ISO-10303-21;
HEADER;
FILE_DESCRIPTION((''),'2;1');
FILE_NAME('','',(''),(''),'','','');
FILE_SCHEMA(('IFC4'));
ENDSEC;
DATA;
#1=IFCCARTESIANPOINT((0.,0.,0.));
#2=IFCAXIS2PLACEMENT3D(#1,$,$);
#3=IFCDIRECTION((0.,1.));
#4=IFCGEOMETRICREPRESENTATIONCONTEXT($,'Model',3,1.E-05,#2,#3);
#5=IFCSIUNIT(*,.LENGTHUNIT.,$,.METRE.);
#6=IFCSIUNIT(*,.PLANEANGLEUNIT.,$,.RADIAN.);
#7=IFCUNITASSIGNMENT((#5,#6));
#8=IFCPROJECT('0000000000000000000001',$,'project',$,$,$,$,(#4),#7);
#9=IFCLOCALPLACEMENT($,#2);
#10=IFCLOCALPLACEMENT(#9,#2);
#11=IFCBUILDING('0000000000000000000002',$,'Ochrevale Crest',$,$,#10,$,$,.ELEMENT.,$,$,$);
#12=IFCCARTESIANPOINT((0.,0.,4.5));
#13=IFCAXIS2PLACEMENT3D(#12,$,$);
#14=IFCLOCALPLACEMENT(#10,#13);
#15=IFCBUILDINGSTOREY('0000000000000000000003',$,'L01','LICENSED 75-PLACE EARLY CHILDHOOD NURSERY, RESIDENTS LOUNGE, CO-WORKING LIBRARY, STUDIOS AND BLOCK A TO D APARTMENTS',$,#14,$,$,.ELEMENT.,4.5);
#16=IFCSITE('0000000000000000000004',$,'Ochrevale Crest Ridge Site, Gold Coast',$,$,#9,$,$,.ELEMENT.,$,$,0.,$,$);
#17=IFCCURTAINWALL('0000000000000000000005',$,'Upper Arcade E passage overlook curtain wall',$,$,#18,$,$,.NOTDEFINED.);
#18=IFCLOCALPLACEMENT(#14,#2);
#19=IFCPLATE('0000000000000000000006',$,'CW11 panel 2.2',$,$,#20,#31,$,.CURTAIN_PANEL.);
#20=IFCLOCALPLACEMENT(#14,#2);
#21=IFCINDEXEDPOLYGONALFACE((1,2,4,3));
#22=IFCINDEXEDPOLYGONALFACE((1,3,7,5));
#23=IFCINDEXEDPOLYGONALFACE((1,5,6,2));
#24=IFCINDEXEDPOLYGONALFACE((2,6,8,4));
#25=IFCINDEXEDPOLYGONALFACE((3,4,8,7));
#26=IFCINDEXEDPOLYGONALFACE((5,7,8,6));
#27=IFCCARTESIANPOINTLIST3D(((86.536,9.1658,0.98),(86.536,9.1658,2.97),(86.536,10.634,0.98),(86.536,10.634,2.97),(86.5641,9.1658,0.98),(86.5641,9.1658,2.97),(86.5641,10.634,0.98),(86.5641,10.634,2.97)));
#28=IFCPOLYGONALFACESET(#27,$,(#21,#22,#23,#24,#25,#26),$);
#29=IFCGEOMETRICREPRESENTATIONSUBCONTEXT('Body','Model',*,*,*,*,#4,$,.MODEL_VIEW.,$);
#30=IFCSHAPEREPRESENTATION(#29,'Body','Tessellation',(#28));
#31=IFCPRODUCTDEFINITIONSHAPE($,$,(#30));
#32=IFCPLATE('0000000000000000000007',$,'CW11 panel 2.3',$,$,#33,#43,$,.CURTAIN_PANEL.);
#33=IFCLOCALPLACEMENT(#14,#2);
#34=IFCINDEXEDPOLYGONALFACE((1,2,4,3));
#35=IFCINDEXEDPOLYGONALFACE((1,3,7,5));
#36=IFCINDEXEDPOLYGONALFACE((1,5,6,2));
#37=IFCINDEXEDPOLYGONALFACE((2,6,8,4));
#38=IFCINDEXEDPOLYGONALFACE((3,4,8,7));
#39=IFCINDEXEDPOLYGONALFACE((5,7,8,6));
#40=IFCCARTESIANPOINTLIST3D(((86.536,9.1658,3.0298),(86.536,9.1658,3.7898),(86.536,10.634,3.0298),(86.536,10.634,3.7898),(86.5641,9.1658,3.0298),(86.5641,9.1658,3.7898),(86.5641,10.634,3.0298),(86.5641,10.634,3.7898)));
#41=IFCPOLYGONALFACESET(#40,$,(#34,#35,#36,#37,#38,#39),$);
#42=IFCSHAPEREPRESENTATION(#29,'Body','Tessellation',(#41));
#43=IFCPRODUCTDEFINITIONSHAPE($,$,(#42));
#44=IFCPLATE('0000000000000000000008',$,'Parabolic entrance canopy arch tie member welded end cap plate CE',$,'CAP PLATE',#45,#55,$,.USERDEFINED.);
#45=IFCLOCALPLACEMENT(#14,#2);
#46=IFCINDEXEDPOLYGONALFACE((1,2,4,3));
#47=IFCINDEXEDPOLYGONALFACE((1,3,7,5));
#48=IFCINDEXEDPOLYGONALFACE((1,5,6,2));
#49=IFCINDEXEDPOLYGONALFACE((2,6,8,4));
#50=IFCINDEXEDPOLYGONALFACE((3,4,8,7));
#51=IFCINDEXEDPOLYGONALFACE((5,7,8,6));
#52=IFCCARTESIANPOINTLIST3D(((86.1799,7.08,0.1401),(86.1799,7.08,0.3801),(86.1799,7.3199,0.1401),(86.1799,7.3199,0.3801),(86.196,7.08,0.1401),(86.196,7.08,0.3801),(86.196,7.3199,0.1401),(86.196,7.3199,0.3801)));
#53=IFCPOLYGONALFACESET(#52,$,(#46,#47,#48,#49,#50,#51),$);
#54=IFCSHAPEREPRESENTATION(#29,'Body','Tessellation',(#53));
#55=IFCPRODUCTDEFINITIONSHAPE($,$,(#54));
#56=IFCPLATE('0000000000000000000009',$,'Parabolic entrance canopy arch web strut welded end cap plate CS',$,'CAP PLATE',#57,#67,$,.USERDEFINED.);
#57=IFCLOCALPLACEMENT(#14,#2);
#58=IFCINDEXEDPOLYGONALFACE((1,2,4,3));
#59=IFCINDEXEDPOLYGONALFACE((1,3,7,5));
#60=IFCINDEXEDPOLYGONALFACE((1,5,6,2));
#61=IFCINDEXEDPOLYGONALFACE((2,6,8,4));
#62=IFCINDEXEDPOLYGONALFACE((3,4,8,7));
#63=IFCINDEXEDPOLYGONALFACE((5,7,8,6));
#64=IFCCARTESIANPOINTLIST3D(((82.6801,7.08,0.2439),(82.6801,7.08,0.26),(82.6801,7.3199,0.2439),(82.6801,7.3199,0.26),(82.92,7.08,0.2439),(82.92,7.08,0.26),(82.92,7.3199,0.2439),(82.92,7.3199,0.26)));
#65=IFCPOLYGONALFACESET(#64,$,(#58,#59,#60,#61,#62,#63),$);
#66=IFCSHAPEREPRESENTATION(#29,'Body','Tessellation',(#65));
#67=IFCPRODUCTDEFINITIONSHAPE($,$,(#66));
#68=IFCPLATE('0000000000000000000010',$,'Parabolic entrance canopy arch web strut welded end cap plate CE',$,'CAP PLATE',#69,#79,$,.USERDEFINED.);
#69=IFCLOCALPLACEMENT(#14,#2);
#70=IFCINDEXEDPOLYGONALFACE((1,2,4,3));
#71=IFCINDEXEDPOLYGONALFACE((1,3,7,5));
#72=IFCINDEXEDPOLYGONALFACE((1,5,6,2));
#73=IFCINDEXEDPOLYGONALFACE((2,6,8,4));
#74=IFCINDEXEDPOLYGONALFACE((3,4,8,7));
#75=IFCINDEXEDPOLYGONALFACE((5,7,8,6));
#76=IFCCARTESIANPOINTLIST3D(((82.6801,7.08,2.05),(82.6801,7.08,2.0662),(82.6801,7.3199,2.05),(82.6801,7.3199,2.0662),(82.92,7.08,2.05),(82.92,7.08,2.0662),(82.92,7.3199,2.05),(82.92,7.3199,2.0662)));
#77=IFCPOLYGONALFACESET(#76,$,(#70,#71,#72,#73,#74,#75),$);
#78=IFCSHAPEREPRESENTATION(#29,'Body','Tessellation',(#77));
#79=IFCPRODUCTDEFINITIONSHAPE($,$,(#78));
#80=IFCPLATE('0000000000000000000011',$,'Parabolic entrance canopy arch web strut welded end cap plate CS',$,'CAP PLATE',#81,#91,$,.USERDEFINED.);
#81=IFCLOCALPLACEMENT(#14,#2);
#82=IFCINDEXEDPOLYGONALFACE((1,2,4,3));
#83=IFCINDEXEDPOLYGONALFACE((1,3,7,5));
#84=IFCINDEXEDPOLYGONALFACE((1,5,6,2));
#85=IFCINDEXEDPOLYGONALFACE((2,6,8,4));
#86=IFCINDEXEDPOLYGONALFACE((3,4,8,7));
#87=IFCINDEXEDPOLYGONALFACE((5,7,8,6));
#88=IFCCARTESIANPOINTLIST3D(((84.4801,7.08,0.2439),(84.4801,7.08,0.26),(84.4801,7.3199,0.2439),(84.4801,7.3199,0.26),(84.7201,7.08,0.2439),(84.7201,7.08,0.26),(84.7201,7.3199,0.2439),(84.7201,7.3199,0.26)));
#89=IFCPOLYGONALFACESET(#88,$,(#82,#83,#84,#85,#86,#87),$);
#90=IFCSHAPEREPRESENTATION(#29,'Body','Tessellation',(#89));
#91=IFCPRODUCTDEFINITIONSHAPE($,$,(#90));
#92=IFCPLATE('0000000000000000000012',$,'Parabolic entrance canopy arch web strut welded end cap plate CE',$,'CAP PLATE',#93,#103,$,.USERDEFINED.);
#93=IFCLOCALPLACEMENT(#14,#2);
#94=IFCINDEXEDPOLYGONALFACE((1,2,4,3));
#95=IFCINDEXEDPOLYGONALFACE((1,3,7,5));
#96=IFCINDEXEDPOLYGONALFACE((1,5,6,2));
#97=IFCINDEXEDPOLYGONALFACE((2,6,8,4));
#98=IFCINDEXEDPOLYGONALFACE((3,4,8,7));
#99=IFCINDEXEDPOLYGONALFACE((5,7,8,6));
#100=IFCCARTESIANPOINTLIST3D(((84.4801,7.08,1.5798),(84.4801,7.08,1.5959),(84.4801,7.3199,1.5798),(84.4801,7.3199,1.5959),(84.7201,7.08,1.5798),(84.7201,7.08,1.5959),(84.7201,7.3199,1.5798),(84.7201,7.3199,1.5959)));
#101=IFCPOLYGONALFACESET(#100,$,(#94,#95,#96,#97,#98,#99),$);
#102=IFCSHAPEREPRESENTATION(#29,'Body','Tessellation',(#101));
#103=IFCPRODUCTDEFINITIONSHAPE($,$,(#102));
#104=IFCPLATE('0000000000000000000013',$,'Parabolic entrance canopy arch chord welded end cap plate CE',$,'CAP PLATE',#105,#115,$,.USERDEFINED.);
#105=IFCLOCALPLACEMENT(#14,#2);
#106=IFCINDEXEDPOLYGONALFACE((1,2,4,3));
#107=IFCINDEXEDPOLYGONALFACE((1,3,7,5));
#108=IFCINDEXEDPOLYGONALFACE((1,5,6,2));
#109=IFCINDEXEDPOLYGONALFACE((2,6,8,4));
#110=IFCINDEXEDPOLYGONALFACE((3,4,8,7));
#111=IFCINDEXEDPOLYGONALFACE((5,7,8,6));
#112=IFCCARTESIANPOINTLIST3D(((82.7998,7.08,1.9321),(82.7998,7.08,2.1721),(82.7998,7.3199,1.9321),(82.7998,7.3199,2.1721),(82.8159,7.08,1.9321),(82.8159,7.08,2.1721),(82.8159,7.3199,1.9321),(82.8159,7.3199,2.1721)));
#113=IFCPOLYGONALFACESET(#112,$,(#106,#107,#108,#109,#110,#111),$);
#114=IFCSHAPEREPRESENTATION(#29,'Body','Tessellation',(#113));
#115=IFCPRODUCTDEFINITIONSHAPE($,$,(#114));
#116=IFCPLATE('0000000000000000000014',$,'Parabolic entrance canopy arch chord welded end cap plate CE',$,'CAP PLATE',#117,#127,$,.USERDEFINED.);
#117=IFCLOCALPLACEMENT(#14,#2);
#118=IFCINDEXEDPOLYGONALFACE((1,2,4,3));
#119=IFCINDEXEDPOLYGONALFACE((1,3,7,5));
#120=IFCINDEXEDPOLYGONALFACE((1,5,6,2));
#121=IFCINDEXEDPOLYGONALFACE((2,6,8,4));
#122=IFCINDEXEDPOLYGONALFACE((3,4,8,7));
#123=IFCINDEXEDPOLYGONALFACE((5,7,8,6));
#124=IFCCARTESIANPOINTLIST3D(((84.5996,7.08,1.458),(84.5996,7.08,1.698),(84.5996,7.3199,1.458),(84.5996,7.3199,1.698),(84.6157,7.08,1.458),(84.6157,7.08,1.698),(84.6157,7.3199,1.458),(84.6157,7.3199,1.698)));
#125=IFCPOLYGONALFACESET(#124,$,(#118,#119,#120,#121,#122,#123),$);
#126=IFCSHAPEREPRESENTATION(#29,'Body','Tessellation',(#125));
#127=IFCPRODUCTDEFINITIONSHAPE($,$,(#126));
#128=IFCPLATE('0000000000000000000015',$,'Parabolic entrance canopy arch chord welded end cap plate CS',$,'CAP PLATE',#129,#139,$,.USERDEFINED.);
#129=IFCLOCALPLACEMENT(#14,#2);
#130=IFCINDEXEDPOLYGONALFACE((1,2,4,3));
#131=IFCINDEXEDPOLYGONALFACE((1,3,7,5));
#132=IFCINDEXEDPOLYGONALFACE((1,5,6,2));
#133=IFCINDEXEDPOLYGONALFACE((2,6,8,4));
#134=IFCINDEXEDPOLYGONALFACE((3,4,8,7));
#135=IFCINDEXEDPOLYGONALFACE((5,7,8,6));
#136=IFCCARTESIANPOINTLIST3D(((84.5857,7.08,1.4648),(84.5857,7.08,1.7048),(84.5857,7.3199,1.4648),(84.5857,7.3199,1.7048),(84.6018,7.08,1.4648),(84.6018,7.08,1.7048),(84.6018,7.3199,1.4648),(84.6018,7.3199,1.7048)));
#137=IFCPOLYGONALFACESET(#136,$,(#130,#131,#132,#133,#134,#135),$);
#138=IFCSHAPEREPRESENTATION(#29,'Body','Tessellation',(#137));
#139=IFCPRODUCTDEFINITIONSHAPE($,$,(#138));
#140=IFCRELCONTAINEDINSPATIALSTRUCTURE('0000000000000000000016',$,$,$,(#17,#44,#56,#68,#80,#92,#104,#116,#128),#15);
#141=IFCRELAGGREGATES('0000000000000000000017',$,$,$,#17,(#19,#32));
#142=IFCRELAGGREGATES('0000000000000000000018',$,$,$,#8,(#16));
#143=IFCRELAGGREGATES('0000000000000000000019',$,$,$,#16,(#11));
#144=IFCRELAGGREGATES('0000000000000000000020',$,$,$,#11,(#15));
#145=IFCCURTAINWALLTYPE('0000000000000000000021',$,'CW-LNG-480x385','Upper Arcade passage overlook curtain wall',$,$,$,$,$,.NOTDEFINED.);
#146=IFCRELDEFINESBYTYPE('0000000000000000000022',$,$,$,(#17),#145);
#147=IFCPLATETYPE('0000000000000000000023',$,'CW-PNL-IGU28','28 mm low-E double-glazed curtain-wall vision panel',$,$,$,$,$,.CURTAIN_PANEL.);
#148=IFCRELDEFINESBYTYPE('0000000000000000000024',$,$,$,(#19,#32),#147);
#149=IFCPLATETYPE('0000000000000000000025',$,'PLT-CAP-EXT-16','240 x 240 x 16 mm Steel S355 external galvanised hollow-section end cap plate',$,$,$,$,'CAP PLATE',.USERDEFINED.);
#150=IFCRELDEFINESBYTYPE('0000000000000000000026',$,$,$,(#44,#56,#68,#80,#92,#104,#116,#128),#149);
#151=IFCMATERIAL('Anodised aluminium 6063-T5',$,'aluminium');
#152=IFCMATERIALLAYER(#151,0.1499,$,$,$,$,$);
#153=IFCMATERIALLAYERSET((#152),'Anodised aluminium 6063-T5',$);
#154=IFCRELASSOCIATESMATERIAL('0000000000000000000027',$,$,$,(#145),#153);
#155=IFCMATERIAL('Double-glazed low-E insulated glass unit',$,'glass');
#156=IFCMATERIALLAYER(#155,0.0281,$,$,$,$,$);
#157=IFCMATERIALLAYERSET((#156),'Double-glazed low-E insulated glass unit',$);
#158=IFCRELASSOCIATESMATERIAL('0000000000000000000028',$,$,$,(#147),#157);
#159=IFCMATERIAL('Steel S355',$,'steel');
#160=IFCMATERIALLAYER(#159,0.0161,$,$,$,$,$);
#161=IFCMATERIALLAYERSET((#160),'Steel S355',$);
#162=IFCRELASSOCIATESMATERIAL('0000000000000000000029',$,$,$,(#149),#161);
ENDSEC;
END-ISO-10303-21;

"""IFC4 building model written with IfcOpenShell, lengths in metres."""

from ifc_helpers import new_model, si_unit, direction, frame, origin, origin_2d, place, context, subcontext, project, spatial, rectangle, extrude, material, layer, layer_set, type_object, element, aggregate, save


model = new_model("IFC4")

# Units and contexts
model_context = context("Model", 3, precision=1e-05, world=origin(), true_north=direction((0.0, 1.0)))
body_context = subcontext(model_context, "Body", "Model", "MODEL_VIEW")
ifc_project = project(units=[si_unit("LENGTHUNIT", "METRE"), si_unit("PLANEANGLEUNIT", "RADIAN")], contexts=[model_context])

# Site, building, storey
site_placement = place(None, origin())
site = spatial("IfcSite", under=ifc_project, at=site_placement, Name="Ochrevale Crest Ridge Site, Gold Coast", CompositionType="ELEMENT", RefElevation=0.0)
building_placement = place(site_placement, origin())
building = spatial("IfcBuilding", under=site, at=building_placement, Name="Ochrevale Crest", CompositionType="ELEMENT")
storey_placement = place(building_placement, frame((0.0, 0.0, 4.5)))
storey = spatial("IfcBuildingStorey", under=building, at=storey_placement, Name="L01", Description="LICENSED 75-PLACE EARLY CHILDHOOD NURSERY, RESIDENTS LOUNGE, CO-WORKING LIBRARY, STUDIOS AND BLOCK A TO D APARTMENTS", CompositionType="ELEMENT", Elevation=4.5)

# Shared definitions
ifc_material_1 = material(Name="Steel S355", Category="steel")

# Curtain wall
ifc_material_2 = material(Name="Anodised aluminium 6063-T5", Category="aluminium")
ifc_layer_1 = layer(ifc_material_2, 0.1499)
ifc_layer_set_1 = layer_set([ifc_layer_1], Name="Anodised aluminium 6063-T5")
curtain_wall_type = type_object("IfcCurtainWallType", Name="CW-LNG-480x385", Description="Upper Arcade passage overlook curtain wall", PredefinedType="NOTDEFINED", material=ifc_layer_set_1)
curtain_wall_placement = place(storey_placement, origin())
curtain_wall = element("IfcCurtainWall", 1, at=curtain_wall_placement, inside=storey, type_object=curtain_wall_type, Name="Upper Arcade E passage overlook curtain wall", PredefinedType="NOTDEFINED")

# Plates
ifc_material_3 = material(Name="Double-glazed low-E insulated glass unit", Category="glass")
ifc_layer_2 = layer(ifc_material_3, 0.0281)
ifc_layer_set_2 = layer_set([ifc_layer_2], Name="Double-glazed low-E insulated glass unit")
plate_type_1 = type_object("IfcPlateType", Name="CW-PNL-IGU28", Description="28 mm low-E double-glazed curtain-wall vision panel", PredefinedType="CURTAIN_PANEL", material=ifc_layer_set_2)
plate_1_placement = place(storey_placement, frame((86.55, 9.8999, 0.98), z_axis=(0.0, 0.0, 1.0), x_axis=(0.0, 1.0, 0.0)))
plate_1 = element("IfcPlate", 2, at=plate_1_placement, type_object=plate_type_1, Name="CW11 panel 2.2", PredefinedType="CURTAIN_PANEL", context=body_context, shape_type="SweptSolid", body=[
    extrude(rectangle(XDim=1.4683, YDim=0.0281, at=origin_2d()), origin(), (0.0, 0.0, 1.0), 1.99),
])
plate_2_placement = place(storey_placement, frame((86.55, 9.8999, 3.0298), z_axis=(0.0, 0.0, 1.0), x_axis=(0.0, 1.0, 0.0)))
plate_2 = element("IfcPlate", 3, at=plate_2_placement, type_object=plate_type_1, Name="CW11 panel 2.3", PredefinedType="CURTAIN_PANEL", context=body_context, shape_type="SweptSolid", body=[
    extrude(rectangle(XDim=1.4683, YDim=0.0281, at=origin_2d()), origin(), (0.0, 0.0, 1.0), 0.76),
])
aggregate(curtain_wall, [plate_1, plate_2])

# Plates
ifc_layer_3 = layer(ifc_material_1, 0.0161)
ifc_layer_set_3 = layer_set([ifc_layer_3], Name="Steel S355")
plate_type_2 = type_object("IfcPlateType", Name="PLT-CAP-EXT-16", Description="240 x 240 x 16 mm Steel S355 external galvanised hollow-section end cap plate", ElementType="CAP PLATE", PredefinedType="USERDEFINED", material=ifc_layer_set_3)
plate_3_placement = place(storey_placement, frame((86.188, 7.2, 0.1401), z_axis=(0.0, 0.0, 1.0), x_axis=(1.0, 0.0, 0.0)))
element("IfcPlate", 4, at=plate_3_placement, inside=storey, type_object=plate_type_2, Name="Parabolic entrance canopy arch tie member welded end cap plate CE", ObjectType="CAP PLATE", PredefinedType="USERDEFINED", context=body_context, shape_type="SweptSolid", body=[
    extrude(rectangle(XDim=0.0161, YDim=0.24, at=origin_2d()), origin(), (0.0, 0.0, 1.0), 0.24),
])
for number, where, z_axis, x_axis, name in (
    (5, (82.8, 7.2, 0.2439), (0.0, 0.0, 1.0), (1.0, 0.0, 0.0), "Parabolic entrance canopy arch web strut welded end cap plate CS"),
    (6, (82.8, 7.2, 2.05), (0.0, 0.0, 1.0), (1.0, 0.0, 0.0), "Parabolic entrance canopy arch web strut welded end cap plate CE"),
    (7, (84.6001, 7.2, 0.2439), (0.0, 0.0, 1.0), (1.0, 0.0, 0.0), "Parabolic entrance canopy arch web strut welded end cap plate CS"),
    (8, (84.6001, 7.2, 1.5798), (0.0, 0.0, 1.0), (1.0, 0.0, 0.0), "Parabolic entrance canopy arch web strut welded end cap plate CE"),
):
    element("IfcPlate", number, at=place(storey_placement, frame(where, z_axis=z_axis, x_axis=x_axis)), inside=storey, type_object=plate_type_2, Name=name, ObjectType="CAP PLATE", PredefinedType="USERDEFINED", context=body_context, shape_type="SweptSolid", body=[
        extrude(rectangle(XDim=0.24, YDim=0.24, at=origin_2d()), origin(), (0.0, 0.0, 1.0), 0.0161),
    ])
for number, where, z_axis, x_axis, name in (
    (9, (82.8079, 7.2, 1.9321), (0.0, 0.0, 1.0), (1.0, 0.0, 0.0), "Parabolic entrance canopy arch chord welded end cap plate CE"),
    (10, (84.6077, 7.2, 1.458), (0.0, 0.0, 1.0), (1.0, 0.0, 0.0), "Parabolic entrance canopy arch chord welded end cap plate CE"),
    (11, (84.5938, 7.2, 1.4648), (0.0, 0.0, 1.0), (1.0, 0.0, 0.0), "Parabolic entrance canopy arch chord welded end cap plate CS"),
):
    element("IfcPlate", number, at=place(storey_placement, frame(where, z_axis=z_axis, x_axis=x_axis)), inside=storey, type_object=plate_type_2, Name=name, ObjectType="CAP PLATE", PredefinedType="USERDEFINED", context=body_context, shape_type="SweptSolid", body=[
        extrude(rectangle(XDim=0.0161, YDim=0.24, at=origin_2d()), origin(), (0.0, 0.0, 1.0), 0.24),
    ])

save(model, "model.ifc")
